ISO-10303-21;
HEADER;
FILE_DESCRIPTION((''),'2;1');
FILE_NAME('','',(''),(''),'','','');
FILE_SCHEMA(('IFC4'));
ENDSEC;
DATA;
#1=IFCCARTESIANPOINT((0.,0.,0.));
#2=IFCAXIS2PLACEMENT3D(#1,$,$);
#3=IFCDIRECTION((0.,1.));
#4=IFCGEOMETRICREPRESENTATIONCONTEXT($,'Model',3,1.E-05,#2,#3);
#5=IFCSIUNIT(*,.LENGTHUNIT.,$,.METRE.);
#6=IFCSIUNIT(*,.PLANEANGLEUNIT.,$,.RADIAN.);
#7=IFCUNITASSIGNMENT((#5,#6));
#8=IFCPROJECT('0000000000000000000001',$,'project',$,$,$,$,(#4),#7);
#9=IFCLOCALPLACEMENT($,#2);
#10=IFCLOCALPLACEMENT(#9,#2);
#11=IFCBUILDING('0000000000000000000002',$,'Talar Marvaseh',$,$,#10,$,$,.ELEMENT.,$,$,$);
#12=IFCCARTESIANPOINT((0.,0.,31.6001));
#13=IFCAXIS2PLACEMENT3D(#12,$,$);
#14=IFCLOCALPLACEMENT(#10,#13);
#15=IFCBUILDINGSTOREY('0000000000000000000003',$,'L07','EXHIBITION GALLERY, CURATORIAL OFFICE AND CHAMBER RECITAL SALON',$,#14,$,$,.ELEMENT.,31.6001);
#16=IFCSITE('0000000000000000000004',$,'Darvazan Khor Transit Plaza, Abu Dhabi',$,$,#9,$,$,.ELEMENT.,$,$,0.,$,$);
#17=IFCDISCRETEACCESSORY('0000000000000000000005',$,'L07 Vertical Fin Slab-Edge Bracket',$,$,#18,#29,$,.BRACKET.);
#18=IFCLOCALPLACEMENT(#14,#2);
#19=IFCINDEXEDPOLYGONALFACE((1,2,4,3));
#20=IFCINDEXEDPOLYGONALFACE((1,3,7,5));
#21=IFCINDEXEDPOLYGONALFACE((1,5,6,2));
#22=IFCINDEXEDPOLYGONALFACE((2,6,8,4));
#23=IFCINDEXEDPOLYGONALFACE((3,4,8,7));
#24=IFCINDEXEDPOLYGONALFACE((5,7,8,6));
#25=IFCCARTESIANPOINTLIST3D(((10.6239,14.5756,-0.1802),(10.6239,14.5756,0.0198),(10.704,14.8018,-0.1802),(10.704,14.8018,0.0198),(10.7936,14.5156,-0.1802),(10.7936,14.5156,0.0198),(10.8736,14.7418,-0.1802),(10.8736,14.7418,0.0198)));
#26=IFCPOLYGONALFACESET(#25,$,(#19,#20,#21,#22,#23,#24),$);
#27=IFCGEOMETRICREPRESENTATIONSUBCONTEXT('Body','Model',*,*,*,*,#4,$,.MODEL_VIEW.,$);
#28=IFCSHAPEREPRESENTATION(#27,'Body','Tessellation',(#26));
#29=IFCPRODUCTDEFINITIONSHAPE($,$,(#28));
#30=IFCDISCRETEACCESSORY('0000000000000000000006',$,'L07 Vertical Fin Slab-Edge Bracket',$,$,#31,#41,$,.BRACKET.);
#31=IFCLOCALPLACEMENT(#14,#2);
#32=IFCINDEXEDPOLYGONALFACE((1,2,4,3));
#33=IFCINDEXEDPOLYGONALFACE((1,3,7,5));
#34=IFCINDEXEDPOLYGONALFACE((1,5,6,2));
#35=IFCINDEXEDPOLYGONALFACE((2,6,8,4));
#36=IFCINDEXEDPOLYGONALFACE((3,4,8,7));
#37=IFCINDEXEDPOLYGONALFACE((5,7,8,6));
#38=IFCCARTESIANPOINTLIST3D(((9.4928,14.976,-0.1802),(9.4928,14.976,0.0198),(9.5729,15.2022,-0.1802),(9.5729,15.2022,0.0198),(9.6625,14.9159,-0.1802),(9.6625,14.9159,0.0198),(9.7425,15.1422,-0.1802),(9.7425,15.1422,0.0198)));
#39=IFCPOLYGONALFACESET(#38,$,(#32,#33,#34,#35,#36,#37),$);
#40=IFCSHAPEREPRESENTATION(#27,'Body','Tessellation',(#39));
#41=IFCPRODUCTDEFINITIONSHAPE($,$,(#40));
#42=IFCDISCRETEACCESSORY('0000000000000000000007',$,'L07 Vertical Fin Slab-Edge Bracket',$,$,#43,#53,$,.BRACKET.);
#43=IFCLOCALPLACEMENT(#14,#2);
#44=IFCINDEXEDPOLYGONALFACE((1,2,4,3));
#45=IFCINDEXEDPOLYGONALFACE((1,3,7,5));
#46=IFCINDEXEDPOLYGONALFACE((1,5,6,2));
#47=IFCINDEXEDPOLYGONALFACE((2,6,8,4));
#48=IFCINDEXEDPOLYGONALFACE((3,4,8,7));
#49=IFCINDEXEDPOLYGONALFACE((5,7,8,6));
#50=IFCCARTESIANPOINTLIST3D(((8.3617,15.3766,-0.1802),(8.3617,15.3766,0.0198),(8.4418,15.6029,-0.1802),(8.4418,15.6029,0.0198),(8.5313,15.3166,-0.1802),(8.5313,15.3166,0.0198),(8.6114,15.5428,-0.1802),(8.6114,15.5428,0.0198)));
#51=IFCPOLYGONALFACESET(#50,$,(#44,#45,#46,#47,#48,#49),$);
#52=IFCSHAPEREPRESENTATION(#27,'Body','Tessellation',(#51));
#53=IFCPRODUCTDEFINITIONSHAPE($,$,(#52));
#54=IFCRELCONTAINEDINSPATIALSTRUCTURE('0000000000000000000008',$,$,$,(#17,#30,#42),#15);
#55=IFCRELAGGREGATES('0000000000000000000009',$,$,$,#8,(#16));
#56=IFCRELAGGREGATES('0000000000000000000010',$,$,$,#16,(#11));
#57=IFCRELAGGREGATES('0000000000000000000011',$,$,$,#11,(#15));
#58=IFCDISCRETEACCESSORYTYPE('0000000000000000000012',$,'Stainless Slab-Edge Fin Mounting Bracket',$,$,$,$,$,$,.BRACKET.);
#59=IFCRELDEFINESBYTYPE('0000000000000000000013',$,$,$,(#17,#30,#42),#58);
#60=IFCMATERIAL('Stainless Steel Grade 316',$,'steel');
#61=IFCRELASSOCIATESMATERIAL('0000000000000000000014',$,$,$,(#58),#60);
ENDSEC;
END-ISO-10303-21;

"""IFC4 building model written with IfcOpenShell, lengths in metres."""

from ifc_helpers import new_model, si_unit, direction, frame, origin, origin_2d, place, context, subcontext, project, spatial, rectangle, extrude, source, transform, mapped, material, type_object, type_shapes, element, save


model = new_model("IFC4")

# Units and contexts
model_context = context("Model", 3, precision=1e-05, world=origin(), true_north=direction((0.0, 1.0)))
body_context = subcontext(model_context, "Body", "Model", "MODEL_VIEW")
ifc_project = project(units=[si_unit("LENGTHUNIT", "METRE"), si_unit("PLANEANGLEUNIT", "RADIAN")], contexts=[model_context])

# Site, building, storey
site_placement = place(None, origin())
site = spatial("IfcSite", under=ifc_project, at=site_placement, Name="Darvazan Khor Transit Plaza, Abu Dhabi", CompositionType="ELEMENT", RefElevation=0.0)
building_placement = place(site_placement, origin())
building = spatial("IfcBuilding", under=site, at=building_placement, Name="Talar Marvaseh", CompositionType="ELEMENT")
storey_placement = place(building_placement, frame((0.0, 0.0, 31.6001)))
storey = spatial("IfcBuildingStorey", under=building, at=storey_placement, Name="L07", Description="EXHIBITION GALLERY, CURATORIAL OFFICE AND CHAMBER RECITAL SALON", CompositionType="ELEMENT", Elevation=31.6001)

# Discrete accessories
ifc_material_1 = material(Name="Stainless Steel Grade 316", Category="steel")
discrete_accessory_type = type_object("IfcDiscreteAccessoryType", Name="Stainless Slab-Edge Fin Mounting Bracket", PredefinedType="BRACKET", material=ifc_material_1)
shared_shape_1 = source(origin(), body_context, "Body", "SweptSolid", [
    extrude(rectangle(XDim=0.24, YDim=0.1799, at=origin_2d()), origin(), (0.0, 0.0, 1.0), 0.2),
])
type_shapes(discrete_accessory_type, [shared_shape_1])
for number, where, z_axis, x_axis, name in (
    (1, (10.7488, 14.6587, -0.1802), (0.0, 0.0, 1.0), (-0.333642, -0.9427, 0.0), "L07 Vertical Fin Slab-Edge Bracket"),
    (2, (9.6177, 15.0591, -0.1802), (0.0, 0.0, 1.0), (-0.333642, -0.9427, 0.0), "L07 Vertical Fin Slab-Edge Bracket"),
    (3, (8.4866, 15.4597, -0.1802), (0.0, 0.0, 1.0), (-0.333642, -0.9427, 0.0), "L07 Vertical Fin Slab-Edge Bracket"),
):
    element("IfcDiscreteAccessory", number, at=place(storey_placement, frame(where, z_axis=z_axis, x_axis=x_axis)), inside=storey, type_object=discrete_accessory_type, Name=name, PredefinedType="BRACKET", context=body_context, shape_type="MappedRepresentation", body=[
        mapped(shared_shape_1, transform((0.0, 0.0, 0.0), x_axis=(1.0, 0.0, 0.0), y_axis=(0.0, 1.0, 0.0), z_axis=(0.0, 0.0, 1.0), scale=1.0)),
    ])

save(model, "model.ifc")
